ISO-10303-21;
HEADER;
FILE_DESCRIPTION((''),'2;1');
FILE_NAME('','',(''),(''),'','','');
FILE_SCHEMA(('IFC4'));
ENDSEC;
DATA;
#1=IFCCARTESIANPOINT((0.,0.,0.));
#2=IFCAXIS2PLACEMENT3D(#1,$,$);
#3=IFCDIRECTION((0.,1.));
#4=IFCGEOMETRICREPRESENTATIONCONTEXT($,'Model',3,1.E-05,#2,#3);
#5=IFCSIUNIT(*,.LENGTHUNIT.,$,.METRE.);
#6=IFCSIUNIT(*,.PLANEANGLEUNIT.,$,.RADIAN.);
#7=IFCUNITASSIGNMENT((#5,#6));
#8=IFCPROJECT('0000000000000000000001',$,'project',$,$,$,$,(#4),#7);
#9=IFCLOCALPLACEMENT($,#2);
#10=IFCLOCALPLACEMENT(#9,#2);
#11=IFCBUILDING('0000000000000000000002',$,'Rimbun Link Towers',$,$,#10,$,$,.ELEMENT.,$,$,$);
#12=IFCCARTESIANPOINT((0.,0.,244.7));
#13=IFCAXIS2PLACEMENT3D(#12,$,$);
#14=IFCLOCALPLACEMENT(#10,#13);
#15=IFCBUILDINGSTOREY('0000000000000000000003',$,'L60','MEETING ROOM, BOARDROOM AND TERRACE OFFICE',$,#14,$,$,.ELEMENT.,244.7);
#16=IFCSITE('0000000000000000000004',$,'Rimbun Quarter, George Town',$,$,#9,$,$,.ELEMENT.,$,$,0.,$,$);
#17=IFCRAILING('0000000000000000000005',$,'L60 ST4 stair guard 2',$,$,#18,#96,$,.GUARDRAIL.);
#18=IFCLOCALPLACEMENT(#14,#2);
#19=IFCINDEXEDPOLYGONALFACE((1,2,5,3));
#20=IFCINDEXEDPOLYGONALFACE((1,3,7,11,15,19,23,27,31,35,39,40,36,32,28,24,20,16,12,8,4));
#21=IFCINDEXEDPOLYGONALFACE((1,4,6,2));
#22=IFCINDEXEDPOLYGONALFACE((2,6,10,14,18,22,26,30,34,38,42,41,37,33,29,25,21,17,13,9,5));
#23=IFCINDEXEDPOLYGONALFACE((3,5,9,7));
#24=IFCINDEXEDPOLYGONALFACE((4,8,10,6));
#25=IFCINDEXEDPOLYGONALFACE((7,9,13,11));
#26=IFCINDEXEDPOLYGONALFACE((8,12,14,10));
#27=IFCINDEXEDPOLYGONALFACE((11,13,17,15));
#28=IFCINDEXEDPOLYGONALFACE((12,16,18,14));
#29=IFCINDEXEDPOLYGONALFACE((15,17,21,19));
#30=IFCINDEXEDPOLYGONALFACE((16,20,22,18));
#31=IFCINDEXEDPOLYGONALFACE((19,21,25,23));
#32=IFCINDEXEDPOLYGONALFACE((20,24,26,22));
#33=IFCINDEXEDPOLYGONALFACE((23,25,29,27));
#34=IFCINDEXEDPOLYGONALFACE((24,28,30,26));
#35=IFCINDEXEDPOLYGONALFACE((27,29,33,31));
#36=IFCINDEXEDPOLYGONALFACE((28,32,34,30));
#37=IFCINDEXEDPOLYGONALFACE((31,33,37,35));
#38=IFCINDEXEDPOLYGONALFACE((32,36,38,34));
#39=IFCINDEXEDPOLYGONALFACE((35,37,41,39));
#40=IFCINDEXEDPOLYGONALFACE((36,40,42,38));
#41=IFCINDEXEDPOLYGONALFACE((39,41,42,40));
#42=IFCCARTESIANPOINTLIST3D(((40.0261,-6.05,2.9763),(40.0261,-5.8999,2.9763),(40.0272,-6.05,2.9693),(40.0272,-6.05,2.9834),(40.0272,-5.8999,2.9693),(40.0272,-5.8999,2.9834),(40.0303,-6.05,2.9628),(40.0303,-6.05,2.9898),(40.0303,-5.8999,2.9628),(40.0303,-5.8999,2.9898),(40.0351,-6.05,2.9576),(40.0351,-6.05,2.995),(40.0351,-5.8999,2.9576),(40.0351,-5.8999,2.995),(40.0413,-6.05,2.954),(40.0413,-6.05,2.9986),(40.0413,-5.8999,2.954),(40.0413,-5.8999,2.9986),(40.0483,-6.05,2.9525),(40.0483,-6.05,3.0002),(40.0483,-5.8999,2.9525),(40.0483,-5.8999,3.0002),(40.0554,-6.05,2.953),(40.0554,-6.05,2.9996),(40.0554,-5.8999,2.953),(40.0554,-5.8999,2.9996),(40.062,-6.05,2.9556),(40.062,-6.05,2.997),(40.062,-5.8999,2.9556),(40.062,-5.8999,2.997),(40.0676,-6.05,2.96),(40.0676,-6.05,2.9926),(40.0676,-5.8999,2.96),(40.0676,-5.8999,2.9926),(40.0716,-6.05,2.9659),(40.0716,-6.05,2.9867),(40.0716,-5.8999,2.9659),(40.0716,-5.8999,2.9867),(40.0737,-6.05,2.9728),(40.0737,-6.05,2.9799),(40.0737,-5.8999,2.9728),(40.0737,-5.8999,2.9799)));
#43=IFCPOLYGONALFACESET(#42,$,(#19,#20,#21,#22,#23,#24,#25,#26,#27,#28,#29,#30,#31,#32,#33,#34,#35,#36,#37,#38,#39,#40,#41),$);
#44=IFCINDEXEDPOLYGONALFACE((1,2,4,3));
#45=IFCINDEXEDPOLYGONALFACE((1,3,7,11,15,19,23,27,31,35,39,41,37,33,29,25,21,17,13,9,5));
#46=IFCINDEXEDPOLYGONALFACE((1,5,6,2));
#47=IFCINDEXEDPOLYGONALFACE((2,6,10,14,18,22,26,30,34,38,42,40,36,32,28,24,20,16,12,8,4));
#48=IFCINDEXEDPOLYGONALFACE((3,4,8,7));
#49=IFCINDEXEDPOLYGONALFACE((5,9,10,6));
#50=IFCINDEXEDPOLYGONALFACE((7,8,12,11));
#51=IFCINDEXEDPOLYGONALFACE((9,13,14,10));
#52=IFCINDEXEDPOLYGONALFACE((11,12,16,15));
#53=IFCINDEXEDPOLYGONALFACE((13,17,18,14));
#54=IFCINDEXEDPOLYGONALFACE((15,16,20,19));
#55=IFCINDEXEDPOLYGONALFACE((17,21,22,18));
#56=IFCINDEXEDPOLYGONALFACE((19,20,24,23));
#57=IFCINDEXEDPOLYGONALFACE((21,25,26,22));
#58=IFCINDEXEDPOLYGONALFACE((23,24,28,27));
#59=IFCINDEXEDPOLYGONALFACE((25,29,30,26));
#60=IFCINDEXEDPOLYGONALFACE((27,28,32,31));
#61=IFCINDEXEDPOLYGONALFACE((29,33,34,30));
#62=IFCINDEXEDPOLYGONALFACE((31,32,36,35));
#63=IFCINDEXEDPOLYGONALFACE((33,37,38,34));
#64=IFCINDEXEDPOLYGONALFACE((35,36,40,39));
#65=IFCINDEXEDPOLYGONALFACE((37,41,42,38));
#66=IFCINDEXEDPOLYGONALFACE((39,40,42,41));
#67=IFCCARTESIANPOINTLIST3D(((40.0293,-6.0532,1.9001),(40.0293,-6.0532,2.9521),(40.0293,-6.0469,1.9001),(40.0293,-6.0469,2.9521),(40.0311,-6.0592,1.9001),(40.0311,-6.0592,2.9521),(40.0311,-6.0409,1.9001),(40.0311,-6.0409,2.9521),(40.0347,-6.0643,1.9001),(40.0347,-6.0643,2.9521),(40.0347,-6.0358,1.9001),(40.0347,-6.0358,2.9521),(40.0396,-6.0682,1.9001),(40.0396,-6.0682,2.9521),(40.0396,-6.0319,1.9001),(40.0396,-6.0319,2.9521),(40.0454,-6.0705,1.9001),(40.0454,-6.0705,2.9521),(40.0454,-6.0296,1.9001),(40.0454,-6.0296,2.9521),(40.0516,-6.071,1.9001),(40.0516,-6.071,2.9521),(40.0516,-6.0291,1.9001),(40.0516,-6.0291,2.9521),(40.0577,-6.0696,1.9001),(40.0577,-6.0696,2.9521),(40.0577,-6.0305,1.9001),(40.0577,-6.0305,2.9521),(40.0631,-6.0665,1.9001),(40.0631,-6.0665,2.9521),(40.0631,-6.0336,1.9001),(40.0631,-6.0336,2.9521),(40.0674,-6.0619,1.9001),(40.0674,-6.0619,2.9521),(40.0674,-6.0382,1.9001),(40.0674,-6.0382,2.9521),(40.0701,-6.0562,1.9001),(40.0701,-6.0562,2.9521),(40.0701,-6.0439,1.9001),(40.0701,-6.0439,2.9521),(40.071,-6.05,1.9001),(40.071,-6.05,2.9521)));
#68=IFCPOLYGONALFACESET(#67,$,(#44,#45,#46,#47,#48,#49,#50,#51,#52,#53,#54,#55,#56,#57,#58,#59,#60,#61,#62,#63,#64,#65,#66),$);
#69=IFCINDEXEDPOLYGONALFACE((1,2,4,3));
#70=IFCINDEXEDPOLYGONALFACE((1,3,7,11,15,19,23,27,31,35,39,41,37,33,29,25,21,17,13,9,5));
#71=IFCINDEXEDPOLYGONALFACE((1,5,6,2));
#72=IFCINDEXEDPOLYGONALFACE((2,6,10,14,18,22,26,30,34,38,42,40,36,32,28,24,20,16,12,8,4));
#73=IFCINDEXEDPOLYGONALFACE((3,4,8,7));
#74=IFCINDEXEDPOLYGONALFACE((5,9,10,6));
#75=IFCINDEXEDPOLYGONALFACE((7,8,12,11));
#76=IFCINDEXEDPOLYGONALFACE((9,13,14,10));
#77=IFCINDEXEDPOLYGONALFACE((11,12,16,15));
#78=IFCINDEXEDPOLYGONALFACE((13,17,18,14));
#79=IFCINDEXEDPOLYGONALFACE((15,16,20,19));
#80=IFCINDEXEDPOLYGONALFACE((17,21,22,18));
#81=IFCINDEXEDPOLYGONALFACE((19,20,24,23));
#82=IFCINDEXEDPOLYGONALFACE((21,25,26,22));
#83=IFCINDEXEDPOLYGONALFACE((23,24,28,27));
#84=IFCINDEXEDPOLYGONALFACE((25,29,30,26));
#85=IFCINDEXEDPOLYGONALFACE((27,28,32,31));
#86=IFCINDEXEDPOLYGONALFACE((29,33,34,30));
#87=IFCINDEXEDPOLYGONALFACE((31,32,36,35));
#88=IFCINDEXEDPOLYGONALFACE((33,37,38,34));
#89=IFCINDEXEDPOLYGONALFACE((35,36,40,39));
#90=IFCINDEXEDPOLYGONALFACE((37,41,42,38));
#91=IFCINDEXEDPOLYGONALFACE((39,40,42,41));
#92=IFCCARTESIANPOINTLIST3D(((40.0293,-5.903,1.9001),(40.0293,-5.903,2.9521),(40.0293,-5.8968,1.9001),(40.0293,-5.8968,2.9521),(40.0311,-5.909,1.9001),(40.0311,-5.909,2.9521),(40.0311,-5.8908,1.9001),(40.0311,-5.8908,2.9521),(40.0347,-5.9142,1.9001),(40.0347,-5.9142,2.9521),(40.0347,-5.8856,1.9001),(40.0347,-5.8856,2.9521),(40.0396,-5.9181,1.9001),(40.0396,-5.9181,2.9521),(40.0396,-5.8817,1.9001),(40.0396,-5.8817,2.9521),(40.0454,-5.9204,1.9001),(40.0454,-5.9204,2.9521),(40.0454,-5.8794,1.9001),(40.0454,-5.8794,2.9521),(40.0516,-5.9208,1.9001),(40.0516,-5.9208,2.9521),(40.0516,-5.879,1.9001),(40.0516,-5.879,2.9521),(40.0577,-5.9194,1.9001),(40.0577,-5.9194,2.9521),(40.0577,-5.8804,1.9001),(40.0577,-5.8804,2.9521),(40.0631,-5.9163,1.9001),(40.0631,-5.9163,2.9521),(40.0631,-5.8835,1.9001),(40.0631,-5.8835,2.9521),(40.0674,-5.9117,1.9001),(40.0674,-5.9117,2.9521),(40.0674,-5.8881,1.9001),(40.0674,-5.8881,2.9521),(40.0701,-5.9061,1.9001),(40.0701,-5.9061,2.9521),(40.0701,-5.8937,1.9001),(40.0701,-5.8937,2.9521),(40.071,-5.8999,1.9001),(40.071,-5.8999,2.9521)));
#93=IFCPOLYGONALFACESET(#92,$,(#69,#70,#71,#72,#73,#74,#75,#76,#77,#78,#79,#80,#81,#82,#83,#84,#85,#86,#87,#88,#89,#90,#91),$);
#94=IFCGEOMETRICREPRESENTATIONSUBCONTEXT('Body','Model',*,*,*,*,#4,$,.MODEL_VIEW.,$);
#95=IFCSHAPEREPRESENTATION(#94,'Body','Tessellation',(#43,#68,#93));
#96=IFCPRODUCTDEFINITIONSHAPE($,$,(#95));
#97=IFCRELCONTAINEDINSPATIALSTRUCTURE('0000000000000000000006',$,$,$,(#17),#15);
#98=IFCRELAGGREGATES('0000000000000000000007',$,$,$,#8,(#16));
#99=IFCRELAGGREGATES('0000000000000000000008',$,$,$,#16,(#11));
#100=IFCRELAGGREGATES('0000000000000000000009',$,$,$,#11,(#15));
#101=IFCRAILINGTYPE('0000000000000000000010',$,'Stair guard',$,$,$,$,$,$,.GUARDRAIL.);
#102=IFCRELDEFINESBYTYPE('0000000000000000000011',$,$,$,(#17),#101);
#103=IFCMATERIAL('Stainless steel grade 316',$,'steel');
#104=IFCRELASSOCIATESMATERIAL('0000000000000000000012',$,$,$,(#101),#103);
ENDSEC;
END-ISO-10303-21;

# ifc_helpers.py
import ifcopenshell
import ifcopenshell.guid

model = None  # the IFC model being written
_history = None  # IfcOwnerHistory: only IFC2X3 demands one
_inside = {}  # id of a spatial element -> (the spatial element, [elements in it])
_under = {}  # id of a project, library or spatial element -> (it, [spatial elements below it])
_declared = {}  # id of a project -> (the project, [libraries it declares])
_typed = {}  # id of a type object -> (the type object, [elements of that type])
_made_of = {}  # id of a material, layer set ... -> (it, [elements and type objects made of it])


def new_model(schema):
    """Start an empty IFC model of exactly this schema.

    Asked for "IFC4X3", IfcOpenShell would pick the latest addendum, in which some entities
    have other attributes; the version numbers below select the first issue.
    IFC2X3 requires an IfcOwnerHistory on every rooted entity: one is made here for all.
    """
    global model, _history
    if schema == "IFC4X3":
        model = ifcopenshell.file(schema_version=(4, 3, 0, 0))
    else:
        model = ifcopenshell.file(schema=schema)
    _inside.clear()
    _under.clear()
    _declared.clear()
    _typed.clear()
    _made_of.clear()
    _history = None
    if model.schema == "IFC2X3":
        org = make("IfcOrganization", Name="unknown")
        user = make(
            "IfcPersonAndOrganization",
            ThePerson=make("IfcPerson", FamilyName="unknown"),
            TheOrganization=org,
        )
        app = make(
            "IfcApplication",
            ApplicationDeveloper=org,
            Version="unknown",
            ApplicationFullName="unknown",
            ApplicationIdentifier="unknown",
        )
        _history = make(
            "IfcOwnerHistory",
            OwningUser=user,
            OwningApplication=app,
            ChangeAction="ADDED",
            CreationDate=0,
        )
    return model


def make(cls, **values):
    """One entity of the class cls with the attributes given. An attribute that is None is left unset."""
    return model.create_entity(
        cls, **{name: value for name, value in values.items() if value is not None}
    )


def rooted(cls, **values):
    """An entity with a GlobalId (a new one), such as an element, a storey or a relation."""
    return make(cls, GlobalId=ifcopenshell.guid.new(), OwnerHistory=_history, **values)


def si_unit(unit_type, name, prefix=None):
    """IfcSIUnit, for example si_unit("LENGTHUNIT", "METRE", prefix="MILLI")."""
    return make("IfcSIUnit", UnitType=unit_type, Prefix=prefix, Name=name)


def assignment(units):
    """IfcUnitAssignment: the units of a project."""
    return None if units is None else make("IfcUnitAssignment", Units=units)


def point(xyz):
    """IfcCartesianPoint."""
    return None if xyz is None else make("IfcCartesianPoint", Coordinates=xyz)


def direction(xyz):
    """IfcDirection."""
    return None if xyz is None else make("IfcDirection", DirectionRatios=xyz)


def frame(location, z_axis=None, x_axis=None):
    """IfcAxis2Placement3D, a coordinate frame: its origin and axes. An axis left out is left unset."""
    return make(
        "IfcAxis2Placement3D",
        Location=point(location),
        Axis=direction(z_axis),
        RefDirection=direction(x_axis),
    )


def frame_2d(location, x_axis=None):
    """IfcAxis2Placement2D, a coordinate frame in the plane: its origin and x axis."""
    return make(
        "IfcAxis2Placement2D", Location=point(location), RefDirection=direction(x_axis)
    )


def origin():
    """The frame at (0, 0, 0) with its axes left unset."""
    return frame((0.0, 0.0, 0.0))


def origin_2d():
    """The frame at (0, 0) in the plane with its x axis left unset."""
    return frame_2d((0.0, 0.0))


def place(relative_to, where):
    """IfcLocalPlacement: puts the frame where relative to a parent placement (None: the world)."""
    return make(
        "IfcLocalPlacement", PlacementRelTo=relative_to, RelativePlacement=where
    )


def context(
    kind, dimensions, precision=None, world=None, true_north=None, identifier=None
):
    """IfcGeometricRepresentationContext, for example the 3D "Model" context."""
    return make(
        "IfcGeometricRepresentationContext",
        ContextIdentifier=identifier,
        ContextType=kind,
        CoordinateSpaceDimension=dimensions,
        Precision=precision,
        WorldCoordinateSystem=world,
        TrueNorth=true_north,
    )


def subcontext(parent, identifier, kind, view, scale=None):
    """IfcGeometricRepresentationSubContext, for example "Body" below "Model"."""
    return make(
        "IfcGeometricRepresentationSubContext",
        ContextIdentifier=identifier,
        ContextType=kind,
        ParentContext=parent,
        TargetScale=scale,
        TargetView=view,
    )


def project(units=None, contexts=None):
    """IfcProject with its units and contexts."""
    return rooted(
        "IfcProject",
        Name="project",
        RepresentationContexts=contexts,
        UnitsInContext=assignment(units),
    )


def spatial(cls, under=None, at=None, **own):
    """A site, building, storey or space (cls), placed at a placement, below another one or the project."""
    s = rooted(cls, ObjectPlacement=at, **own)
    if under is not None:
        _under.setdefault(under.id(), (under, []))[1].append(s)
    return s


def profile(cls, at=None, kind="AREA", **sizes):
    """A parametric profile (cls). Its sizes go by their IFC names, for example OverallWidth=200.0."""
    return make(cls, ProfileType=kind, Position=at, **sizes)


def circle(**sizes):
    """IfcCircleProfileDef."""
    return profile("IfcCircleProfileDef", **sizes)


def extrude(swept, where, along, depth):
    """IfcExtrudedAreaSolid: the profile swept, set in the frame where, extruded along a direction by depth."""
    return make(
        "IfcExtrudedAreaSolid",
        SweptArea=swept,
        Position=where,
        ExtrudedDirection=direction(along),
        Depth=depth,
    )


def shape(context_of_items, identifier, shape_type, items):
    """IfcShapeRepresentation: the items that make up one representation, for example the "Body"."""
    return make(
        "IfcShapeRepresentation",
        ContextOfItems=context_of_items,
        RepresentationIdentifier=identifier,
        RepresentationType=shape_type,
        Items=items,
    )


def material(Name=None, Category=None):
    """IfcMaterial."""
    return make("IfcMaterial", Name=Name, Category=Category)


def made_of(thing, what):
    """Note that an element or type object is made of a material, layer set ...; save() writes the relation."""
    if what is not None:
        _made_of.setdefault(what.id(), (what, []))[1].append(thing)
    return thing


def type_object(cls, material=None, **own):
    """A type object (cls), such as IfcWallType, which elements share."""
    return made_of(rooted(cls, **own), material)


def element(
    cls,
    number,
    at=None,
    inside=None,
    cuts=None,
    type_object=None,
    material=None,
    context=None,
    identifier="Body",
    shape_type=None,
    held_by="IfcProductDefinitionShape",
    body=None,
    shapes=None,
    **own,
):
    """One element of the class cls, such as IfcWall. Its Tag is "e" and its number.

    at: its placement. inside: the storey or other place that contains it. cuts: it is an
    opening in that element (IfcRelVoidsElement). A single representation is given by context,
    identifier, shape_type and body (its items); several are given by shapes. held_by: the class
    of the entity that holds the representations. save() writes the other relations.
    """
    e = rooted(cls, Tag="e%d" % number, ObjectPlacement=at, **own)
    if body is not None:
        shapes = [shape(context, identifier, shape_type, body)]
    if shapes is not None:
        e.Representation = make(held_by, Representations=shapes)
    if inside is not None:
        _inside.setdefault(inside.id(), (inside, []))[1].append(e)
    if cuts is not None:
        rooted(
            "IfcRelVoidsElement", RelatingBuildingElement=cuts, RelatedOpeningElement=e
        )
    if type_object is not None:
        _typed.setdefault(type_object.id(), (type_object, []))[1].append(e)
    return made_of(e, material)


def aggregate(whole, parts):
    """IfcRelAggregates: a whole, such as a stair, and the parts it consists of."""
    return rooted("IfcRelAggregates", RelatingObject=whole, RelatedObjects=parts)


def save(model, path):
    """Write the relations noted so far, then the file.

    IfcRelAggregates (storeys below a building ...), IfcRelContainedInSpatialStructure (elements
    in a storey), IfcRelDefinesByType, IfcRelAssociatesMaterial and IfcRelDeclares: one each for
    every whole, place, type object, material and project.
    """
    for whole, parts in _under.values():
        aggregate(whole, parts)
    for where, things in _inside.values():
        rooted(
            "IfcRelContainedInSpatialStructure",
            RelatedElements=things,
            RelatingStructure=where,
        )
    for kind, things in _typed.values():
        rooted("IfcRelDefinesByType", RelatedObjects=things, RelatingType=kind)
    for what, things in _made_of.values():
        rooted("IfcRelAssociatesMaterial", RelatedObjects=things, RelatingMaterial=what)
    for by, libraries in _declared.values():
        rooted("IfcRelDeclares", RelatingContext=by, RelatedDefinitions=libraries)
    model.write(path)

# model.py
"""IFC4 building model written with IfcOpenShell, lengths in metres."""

from ifc_helpers import new_model, si_unit, direction, frame, origin, origin_2d, place, context, subcontext, project, spatial, circle, extrude, material, type_object, element, save


model = new_model("IFC4")

# Units and contexts
model_context = context("Model", 3, precision=1e-05, world=origin(), true_north=direction((0.0, 1.0)))
body_context = subcontext(model_context, "Body", "Model", "MODEL_VIEW")
ifc_project = project(units=[si_unit("LENGTHUNIT", "METRE"), si_unit("PLANEANGLEUNIT", "RADIAN")], contexts=[model_context])

# Site, building, storey
site_placement = place(None, origin())
site = spatial("IfcSite", under=ifc_project, at=site_placement, Name="Rimbun Quarter, George Town", CompositionType="ELEMENT", RefElevation=0.0)
building_placement = place(site_placement, origin())
building = spatial("IfcBuilding", under=site, at=building_placement, Name="Rimbun Link Towers", CompositionType="ELEMENT")
storey_placement = place(building_placement, frame((0.0, 0.0, 244.7)))
storey = spatial("IfcBuildingStorey", under=building, at=storey_placement, Name="L60", Description="MEETING ROOM, BOARDROOM AND TERRACE OFFICE", CompositionType="ELEMENT", Elevation=244.7)

# Railing
ifc_material_1 = material(Name="Stainless steel grade 316", Category="steel")
railing_type_1 = type_object("IfcRailingType", Name="Stair guard", PredefinedType="GUARDRAIL", material=ifc_material_1)
railing_1_placement = place(storey_placement, frame((40.05, -6.05, 1.9001)))
element("IfcRailing", 1, at=railing_1_placement, inside=storey, type_object=railing_type_1, Name="L60 ST4 stair guard 2", PredefinedType="GUARDRAIL", context=body_context, shape_type="SweptSolid", body=[
    extrude(circle(Radius=0.0239, at=origin_2d()), frame((0.0, 0.0, 1.0762), z_axis=(0.0, 1.0, 0.0), x_axis=(-1.0, 0.0, 0.0)), (0.0, 0.0, 1.0), 0.1501),
    extrude(circle(Radius=0.021, at=origin_2d()), origin(), (0.0, 0.0, 1.0), 1.052),
    extrude(circle(Radius=0.021, at=origin_2d()), frame((0.0, 0.1501, 0.0)), (0.0, 0.0, 1.0), 1.052),
])

save(model, "model.ifc")
